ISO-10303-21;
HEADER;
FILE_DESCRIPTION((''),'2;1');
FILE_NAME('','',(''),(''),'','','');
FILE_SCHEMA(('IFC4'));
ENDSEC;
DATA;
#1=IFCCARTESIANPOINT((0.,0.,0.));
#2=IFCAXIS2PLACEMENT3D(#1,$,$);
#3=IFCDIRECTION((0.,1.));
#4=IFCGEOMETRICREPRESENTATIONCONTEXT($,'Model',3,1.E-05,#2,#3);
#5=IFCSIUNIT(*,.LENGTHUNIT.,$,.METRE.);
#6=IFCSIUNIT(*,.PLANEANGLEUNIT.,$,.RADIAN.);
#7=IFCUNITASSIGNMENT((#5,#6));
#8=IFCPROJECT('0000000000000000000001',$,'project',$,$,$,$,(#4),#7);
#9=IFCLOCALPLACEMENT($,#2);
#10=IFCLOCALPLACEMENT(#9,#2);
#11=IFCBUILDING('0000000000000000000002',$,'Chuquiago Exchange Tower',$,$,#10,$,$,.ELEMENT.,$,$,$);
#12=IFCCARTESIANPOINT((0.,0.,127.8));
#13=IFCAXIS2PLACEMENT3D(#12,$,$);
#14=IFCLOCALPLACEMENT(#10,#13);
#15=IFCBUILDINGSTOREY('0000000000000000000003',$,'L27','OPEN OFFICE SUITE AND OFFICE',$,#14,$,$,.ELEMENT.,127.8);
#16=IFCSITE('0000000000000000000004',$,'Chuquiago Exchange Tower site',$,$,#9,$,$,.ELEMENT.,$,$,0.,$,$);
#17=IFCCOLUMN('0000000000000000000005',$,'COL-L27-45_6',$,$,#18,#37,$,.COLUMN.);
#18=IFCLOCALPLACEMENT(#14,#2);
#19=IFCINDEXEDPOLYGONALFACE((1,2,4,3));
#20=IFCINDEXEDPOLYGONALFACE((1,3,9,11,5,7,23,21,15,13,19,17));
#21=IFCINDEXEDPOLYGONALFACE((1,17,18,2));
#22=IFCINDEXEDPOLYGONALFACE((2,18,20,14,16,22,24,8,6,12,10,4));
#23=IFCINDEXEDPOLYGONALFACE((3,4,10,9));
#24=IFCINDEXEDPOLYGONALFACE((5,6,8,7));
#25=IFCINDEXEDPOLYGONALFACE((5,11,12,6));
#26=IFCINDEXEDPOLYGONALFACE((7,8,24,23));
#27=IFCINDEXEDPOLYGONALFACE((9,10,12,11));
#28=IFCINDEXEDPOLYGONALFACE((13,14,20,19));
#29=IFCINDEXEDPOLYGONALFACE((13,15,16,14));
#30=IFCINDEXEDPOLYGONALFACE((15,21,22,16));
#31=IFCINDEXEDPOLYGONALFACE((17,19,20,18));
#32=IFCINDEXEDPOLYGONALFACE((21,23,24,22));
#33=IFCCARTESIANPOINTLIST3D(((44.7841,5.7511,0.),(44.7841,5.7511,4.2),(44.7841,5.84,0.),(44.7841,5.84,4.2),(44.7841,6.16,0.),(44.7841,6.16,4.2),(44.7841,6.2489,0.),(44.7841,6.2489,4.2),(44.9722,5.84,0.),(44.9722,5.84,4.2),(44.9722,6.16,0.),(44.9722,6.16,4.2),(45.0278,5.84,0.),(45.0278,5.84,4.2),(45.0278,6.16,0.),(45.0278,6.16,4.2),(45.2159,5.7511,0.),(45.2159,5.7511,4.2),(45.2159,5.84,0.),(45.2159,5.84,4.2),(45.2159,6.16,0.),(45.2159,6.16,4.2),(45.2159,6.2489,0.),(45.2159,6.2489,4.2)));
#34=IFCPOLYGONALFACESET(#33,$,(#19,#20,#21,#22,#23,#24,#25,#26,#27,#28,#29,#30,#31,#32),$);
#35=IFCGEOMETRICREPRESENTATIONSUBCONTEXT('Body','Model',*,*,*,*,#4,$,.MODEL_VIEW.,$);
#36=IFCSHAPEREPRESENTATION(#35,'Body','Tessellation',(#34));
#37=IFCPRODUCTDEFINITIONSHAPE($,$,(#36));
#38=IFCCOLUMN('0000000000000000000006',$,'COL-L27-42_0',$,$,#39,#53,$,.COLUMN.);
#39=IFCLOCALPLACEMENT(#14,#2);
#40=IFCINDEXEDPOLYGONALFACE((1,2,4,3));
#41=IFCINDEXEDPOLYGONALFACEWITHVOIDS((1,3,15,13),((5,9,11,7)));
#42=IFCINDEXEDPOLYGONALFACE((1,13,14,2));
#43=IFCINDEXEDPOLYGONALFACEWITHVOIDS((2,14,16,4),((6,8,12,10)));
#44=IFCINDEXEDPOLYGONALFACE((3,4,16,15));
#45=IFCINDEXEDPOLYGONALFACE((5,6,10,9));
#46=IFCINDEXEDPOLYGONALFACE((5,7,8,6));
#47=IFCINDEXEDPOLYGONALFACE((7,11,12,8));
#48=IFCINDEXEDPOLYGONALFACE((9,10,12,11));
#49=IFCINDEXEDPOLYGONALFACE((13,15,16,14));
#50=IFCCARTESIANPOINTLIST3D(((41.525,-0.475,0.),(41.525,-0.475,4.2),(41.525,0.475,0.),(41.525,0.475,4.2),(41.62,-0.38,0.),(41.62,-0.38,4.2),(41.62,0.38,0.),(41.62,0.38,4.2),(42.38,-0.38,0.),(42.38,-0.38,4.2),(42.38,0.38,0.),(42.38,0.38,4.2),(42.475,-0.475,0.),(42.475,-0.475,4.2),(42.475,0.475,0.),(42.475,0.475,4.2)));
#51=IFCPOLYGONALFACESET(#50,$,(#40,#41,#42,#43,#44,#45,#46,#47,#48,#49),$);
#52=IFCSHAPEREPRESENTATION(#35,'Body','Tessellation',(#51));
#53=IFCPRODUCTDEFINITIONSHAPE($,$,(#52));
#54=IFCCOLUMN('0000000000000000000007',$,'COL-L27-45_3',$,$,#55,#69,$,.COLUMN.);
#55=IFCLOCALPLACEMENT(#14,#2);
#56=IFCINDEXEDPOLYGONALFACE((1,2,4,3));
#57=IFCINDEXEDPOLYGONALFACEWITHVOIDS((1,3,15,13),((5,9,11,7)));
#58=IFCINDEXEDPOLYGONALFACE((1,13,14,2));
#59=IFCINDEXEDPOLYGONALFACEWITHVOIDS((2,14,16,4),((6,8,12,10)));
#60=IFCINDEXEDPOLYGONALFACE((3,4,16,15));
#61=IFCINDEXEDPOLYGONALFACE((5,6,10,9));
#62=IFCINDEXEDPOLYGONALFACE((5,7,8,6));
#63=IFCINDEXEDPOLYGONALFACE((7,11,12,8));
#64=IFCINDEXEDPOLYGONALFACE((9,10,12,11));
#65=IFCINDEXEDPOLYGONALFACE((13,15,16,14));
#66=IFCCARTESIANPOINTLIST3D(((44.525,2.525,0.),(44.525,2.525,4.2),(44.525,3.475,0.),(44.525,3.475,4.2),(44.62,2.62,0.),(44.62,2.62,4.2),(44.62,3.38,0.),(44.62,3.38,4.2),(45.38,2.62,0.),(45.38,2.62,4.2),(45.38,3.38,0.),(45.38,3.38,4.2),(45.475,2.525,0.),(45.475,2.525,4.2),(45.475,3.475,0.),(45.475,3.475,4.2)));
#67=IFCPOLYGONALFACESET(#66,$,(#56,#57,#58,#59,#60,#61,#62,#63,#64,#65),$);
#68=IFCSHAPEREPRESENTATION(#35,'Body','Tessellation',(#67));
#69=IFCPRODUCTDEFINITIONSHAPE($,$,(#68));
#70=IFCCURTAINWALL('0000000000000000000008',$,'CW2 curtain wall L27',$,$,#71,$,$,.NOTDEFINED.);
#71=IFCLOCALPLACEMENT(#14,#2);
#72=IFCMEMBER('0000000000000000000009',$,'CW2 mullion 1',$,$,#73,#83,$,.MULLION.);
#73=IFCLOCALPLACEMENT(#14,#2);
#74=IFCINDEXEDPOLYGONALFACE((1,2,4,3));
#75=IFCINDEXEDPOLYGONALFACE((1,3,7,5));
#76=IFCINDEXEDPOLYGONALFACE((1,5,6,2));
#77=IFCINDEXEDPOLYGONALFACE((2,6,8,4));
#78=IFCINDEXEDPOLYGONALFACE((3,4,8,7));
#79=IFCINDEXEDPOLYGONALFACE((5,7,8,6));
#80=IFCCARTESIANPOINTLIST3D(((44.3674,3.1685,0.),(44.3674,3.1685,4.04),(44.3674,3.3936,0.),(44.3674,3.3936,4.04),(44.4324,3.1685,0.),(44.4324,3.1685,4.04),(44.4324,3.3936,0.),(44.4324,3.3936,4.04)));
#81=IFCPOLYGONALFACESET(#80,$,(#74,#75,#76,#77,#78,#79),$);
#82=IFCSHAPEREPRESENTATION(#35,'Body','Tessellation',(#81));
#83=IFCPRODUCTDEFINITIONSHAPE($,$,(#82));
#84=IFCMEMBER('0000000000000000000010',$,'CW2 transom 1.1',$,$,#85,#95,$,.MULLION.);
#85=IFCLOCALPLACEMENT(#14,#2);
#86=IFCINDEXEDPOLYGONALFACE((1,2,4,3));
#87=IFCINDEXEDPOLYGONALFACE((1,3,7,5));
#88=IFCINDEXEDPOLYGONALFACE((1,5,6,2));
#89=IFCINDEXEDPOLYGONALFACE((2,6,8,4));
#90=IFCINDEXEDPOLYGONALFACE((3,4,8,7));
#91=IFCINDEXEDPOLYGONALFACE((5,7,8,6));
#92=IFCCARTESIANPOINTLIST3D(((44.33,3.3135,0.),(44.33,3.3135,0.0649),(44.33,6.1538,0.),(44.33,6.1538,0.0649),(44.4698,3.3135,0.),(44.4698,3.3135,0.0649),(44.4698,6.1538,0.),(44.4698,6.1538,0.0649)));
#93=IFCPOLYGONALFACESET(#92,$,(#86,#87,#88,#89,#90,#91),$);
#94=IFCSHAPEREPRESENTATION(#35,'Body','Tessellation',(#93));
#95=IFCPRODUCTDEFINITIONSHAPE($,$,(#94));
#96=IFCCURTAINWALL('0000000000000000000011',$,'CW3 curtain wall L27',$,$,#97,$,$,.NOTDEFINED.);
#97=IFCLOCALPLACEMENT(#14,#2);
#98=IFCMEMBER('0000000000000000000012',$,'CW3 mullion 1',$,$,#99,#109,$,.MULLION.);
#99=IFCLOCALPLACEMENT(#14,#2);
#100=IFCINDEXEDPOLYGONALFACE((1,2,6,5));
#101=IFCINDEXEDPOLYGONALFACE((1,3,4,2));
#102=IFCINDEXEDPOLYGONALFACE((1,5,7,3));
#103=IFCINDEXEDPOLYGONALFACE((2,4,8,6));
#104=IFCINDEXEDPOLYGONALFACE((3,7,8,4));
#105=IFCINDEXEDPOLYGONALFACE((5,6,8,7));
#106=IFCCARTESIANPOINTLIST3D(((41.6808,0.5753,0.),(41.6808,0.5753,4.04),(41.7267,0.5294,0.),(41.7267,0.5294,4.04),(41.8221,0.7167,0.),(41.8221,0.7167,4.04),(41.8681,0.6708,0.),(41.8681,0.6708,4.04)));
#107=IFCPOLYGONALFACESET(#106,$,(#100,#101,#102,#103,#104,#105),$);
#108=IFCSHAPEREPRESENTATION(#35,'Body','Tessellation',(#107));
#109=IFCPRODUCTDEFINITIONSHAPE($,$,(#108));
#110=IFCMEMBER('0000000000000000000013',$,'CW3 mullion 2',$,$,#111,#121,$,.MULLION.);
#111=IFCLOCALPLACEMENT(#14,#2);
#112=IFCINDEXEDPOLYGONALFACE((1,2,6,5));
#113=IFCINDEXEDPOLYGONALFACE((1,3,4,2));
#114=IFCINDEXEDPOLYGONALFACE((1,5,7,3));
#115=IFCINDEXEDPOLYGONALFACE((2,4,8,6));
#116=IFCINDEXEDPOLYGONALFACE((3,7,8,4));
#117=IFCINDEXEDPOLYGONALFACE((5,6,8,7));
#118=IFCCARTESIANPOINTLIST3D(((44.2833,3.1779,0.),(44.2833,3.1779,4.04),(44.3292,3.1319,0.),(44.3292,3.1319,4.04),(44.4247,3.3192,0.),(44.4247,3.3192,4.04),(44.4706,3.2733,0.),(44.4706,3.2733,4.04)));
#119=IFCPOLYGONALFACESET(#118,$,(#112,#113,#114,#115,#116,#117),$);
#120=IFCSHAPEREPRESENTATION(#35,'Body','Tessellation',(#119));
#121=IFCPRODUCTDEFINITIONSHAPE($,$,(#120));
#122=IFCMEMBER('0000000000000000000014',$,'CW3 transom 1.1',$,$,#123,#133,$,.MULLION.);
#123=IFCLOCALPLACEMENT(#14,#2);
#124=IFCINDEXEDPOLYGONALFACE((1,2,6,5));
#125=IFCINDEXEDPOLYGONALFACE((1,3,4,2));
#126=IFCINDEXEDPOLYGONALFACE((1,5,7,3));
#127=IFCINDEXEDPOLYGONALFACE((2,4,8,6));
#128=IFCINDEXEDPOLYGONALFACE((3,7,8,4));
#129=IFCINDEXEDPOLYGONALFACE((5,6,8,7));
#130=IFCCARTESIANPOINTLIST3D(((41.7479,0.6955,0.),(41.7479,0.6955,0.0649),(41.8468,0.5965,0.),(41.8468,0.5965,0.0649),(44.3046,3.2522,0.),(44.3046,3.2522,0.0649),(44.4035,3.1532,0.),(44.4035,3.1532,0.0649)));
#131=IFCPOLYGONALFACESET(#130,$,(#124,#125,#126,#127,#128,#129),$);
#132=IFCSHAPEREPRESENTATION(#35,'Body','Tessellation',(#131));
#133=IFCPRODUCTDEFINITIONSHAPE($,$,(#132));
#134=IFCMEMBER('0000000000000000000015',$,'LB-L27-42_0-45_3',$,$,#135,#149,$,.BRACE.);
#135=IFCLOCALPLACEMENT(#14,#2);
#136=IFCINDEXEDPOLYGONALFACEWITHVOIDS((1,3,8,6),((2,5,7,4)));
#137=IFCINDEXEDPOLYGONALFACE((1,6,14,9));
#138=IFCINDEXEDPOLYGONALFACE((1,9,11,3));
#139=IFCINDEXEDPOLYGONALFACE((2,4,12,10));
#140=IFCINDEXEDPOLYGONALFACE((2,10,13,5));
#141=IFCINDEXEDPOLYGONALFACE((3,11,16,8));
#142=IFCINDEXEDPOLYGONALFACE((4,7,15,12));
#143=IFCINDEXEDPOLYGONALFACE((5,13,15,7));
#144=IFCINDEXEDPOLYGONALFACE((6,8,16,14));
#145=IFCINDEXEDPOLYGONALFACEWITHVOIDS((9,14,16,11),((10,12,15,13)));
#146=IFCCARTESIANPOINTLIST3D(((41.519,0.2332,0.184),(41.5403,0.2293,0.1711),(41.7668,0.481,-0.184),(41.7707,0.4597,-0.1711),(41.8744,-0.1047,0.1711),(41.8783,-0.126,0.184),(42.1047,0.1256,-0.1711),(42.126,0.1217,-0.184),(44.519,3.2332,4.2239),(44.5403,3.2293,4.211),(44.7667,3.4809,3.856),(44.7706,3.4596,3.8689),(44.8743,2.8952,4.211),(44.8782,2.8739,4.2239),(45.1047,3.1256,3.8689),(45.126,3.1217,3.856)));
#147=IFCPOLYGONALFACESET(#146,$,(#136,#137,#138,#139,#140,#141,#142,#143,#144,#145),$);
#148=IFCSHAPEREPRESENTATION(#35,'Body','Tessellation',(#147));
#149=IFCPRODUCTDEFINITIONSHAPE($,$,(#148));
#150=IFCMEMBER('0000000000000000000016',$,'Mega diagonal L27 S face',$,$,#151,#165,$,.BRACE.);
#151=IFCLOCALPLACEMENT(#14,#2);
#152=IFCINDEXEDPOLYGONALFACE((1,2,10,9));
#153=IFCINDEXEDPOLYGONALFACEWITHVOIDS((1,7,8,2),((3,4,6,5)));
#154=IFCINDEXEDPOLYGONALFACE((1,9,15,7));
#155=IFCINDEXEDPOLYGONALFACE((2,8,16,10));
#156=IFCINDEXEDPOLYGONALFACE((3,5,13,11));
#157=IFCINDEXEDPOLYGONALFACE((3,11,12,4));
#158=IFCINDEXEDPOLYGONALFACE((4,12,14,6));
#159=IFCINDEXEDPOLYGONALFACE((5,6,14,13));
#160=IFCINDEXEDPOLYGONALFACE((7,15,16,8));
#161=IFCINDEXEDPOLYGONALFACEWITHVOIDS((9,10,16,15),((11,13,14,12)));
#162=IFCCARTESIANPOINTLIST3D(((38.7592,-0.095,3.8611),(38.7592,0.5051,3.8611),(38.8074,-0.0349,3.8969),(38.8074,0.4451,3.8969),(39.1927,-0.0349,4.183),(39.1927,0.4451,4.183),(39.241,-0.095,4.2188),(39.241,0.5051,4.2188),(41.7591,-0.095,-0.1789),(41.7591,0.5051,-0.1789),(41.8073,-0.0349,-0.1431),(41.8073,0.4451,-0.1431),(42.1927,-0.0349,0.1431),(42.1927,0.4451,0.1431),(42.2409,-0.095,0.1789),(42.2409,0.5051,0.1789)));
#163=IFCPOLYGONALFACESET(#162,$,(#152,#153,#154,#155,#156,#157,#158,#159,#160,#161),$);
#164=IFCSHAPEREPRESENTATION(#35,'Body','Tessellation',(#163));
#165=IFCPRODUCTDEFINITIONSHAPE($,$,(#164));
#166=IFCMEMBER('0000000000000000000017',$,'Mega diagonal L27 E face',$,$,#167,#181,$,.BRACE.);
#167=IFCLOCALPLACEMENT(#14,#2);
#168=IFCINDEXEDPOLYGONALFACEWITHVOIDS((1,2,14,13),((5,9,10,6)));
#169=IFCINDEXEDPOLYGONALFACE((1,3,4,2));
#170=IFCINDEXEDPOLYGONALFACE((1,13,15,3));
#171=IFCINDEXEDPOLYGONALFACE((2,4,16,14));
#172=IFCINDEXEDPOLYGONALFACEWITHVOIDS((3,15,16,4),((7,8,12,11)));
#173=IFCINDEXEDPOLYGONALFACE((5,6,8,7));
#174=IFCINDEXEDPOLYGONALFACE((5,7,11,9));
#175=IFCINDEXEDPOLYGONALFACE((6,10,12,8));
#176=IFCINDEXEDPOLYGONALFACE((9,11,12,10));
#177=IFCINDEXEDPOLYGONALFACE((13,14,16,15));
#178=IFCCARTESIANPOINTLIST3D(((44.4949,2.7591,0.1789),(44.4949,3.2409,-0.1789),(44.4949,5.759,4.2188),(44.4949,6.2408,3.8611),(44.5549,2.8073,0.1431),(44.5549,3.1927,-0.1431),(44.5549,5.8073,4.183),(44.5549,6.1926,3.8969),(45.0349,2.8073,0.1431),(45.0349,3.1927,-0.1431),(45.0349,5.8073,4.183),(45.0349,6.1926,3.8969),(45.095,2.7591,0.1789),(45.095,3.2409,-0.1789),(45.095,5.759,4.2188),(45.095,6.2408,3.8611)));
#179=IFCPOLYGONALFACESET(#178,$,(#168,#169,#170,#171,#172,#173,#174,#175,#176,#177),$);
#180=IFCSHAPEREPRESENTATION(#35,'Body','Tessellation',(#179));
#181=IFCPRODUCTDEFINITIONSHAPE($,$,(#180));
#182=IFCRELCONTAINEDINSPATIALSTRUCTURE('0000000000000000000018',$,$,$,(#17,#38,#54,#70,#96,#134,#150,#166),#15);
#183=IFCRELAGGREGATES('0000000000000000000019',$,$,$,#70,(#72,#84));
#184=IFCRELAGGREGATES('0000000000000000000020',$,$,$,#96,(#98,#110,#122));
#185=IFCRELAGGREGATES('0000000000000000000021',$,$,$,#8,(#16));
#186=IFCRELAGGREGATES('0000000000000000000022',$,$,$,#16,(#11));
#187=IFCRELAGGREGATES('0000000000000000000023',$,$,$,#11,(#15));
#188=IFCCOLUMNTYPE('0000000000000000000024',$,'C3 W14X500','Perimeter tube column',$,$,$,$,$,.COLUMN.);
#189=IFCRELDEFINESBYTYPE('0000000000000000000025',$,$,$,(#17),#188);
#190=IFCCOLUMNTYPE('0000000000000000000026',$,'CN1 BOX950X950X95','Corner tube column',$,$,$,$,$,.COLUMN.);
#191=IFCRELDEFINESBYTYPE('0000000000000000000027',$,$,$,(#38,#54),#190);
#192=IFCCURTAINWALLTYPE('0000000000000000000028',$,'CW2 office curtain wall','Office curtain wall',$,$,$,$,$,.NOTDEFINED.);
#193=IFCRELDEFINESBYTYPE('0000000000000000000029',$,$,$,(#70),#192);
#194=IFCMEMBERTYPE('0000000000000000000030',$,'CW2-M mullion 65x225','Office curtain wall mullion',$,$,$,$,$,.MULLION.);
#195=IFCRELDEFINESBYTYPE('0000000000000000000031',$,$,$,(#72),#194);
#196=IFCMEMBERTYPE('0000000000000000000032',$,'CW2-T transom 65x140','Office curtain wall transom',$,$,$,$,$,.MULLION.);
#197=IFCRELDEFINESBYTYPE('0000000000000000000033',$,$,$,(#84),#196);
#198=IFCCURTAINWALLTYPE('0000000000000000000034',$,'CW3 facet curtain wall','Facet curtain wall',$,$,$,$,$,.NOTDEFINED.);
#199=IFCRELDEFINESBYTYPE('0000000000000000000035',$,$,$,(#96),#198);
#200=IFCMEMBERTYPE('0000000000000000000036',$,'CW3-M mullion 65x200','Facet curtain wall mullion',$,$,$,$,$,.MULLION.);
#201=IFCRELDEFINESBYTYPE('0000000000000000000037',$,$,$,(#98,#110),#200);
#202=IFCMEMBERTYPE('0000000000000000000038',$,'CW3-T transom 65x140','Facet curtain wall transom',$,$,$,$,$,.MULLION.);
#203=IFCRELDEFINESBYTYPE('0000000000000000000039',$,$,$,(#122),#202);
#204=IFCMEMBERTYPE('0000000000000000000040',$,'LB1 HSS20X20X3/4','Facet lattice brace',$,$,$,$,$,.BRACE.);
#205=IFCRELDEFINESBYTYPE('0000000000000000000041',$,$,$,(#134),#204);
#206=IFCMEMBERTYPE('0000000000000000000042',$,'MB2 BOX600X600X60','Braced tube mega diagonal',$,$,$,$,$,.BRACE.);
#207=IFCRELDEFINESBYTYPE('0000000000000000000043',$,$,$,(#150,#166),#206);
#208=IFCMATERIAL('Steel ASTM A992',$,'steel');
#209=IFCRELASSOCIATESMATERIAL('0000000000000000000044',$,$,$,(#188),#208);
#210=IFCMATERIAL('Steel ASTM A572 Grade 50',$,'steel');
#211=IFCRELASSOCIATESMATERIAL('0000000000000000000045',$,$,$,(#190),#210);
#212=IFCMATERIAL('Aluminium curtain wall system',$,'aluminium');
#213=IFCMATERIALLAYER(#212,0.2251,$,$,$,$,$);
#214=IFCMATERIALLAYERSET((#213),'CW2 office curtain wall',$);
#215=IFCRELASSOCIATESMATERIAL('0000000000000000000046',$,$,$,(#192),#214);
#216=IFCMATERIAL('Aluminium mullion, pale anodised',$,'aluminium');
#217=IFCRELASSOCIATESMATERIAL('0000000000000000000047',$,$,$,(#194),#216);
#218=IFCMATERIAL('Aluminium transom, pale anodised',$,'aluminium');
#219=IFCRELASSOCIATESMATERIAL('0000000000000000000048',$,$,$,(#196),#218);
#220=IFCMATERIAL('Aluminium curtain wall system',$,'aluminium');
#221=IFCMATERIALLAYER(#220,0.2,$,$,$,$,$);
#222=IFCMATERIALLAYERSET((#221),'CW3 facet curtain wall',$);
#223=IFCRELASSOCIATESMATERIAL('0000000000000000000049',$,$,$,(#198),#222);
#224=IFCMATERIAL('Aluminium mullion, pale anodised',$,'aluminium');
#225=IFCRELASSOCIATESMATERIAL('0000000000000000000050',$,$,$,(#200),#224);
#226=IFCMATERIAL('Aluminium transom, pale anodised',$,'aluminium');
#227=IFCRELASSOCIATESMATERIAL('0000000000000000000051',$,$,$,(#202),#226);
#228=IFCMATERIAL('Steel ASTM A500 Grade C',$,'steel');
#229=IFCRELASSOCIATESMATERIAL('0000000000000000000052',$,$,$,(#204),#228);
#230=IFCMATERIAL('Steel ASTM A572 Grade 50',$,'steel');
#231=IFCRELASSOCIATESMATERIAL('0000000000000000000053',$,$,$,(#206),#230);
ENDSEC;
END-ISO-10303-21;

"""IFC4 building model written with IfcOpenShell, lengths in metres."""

from ifc_helpers import new_model, si_unit, direction, frame, origin, origin_2d, place, context, subcontext, project, spatial, rectangle, hollow_rectangle, i_section, extrude, material, layer, layer_set, material_profile, profile_set, type_object, element, aggregate, save


model = new_model("IFC4")

# Units and contexts
model_context = context("Model", 3, precision=1e-05, world=origin(), true_north=direction((0.0, 1.0)))
body_context = subcontext(model_context, "Body", "Model", "MODEL_VIEW")
ifc_project = project(units=[si_unit("LENGTHUNIT", "METRE"), si_unit("PLANEANGLEUNIT", "RADIAN")], contexts=[model_context])

# Site, building, storey
site_placement = place(None, origin())
site = spatial("IfcSite", under=ifc_project, at=site_placement, Name="Chuquiago Exchange Tower site", CompositionType="ELEMENT", RefElevation=0.0)
building_placement = place(site_placement, origin())
building = spatial("IfcBuilding", under=site, at=building_placement, Name="Chuquiago Exchange Tower", CompositionType="ELEMENT")
storey_placement = place(building_placement, frame((0.0, 0.0, 127.8)))
storey = spatial("IfcBuildingStorey", under=building, at=storey_placement, Name="L27", Description="OPEN OFFICE SUITE AND OFFICE", CompositionType="ELEMENT", Elevation=127.8)

# Columns
ifc_material_1 = material(Name="Steel ASTM A992", Category="steel")
ifc_material_profile_1 = material_profile(ifc_material_1, i_section(OverallWidth=0.4319, OverallDepth=0.4978, WebThickness=0.0557, FlangeThickness=0.0889, at=origin_2d()), Name="W14X500")
ifc_profile_set_1 = profile_set([ifc_material_profile_1], Name="Steel ASTM A992")
column_type_1 = type_object("IfcColumnType", Name="C3 W14X500", Description="Perimeter tube column", PredefinedType="COLUMN", material=ifc_profile_set_1)
column_placement = place(storey_placement, frame((45.0, 6.0, 0.0), z_axis=(0.0, 0.0, 1.0), x_axis=(1.0, 0.0, 0.0)))
element("IfcColumn", 1, at=column_placement, inside=storey, type_object=column_type_1, Name="COL-L27-45_6", PredefinedType="COLUMN", context=body_context, shape_type="SweptSolid", body=[
    extrude(i_section(OverallWidth=0.4319, OverallDepth=0.4978, WebThickness=0.0557, FlangeThickness=0.0889, at=origin_2d()), origin(), (0.0, 0.0, 1.0), 4.2),
])
ifc_material_2 = material(Name="Steel ASTM A572 Grade 50", Category="steel")
ifc_material_profile_2 = material_profile(ifc_material_2, hollow_rectangle(XDim=0.95, YDim=0.95, WallThickness=0.095, at=origin_2d()), Name="BOX950X950X95")
ifc_profile_set_2 = profile_set([ifc_material_profile_2], Name="Steel ASTM A572 Grade 50")
column_type_2 = type_object("IfcColumnType", Name="CN1 BOX950X950X95", Description="Corner tube column", PredefinedType="COLUMN", material=ifc_profile_set_2)
for number, where, z_axis, x_axis, name in (
    (2, (42.0, 0.0, 0.0), (0.0, 0.0, 1.0), (0.0, -1.0, 0.0), "COL-L27-42_0"),
    (3, (45.0, 3.0, 0.0), (0.0, 0.0, 1.0), (1.0, 0.0, 0.0), "COL-L27-45_3"),
):
    element("IfcColumn", number, at=place(storey_placement, frame(where, z_axis=z_axis, x_axis=x_axis)), inside=storey, type_object=column_type_2, Name=name, PredefinedType="COLUMN", context=body_context, shape_type="SweptSolid", body=[
        extrude(hollow_rectangle(XDim=0.95, YDim=0.95, WallThickness=0.095, at=origin_2d()), origin(), (0.0, 0.0, 1.0), 4.2),
    ])

# Curtain walls, members
ifc_material_3 = material(Name="Aluminium curtain wall system", Category="aluminium")
ifc_layer_1 = layer(ifc_material_3, 0.2251)
ifc_layer_set_1 = layer_set([ifc_layer_1], Name="CW2 office curtain wall")
curtain_wall_type_1 = type_object("IfcCurtainWallType", Name="CW2 office curtain wall", Description="Office curtain wall", PredefinedType="NOTDEFINED", material=ifc_layer_set_1)
curtain_wall_1_placement = place(storey_placement, origin())
curtain_wall_1 = element("IfcCurtainWall", 4, at=curtain_wall_1_placement, inside=storey, type_object=curtain_wall_type_1, Name="CW2 curtain wall L27", PredefinedType="NOTDEFINED")
ifc_material_4 = material(Name="Aluminium mullion, pale anodised", Category="aluminium")
ifc_material_profile_3 = material_profile(ifc_material_4, rectangle(XDim=0.0649, YDim=0.2251, at=origin_2d()), Name="AL 65x225")
ifc_profile_set_3 = profile_set([ifc_material_profile_3], Name="Aluminium mullion, pale anodised")
member_type_1 = type_object("IfcMemberType", Name="CW2-M mullion 65x225", Description="Office curtain wall mullion", PredefinedType="MULLION", material=ifc_profile_set_3)
member_1_placement = place(storey_placement, frame((44.3999, 3.281, 0.0), z_axis=(0.0, 0.0, 1.0), x_axis=(-1.0, 0.0, 0.0)))
member_1 = element("IfcMember", 5, at=member_1_placement, type_object=member_type_1, Name="CW2 mullion 1", PredefinedType="MULLION", context=body_context, shape_type="SweptSolid", body=[
    extrude(rectangle(XDim=0.0649, YDim=0.2251, at=origin_2d()), origin(), (0.0, 0.0, 1.0), 4.04),
])
ifc_material_5 = material(Name="Aluminium transom, pale anodised", Category="aluminium")
ifc_material_profile_4 = material_profile(ifc_material_5, rectangle(XDim=0.1399, YDim=0.0649, at=origin_2d()), Name="AL 140x65")
ifc_profile_set_4 = profile_set([ifc_material_profile_4], Name="Aluminium transom, pale anodised")
member_type_2 = type_object("IfcMemberType", Name="CW2-T transom 65x140", Description="Office curtain wall transom", PredefinedType="MULLION", material=ifc_profile_set_4)
member_2_placement = place(storey_placement, frame((44.3999, 3.3135, 0.0325), z_axis=(0.0, 1.0, 0.0), x_axis=(-1.0, 0.0, 0.0)))
member_2 = element("IfcMember", 6, at=member_2_placement, type_object=member_type_2, Name="CW2 transom 1.1", PredefinedType="MULLION", context=body_context, shape_type="SweptSolid", body=[
    extrude(rectangle(XDim=0.1399, YDim=0.0649, at=origin_2d()), origin(), (0.0, 0.0, 1.0), 2.8403),
])
ifc_material_6 = material(Name="Aluminium curtain wall system", Category="aluminium")
ifc_layer_2 = layer(ifc_material_6, 0.2)
ifc_layer_set_2 = layer_set([ifc_layer_2], Name="CW3 facet curtain wall")
curtain_wall_type_2 = type_object("IfcCurtainWallType", Name="CW3 facet curtain wall", Description="Facet curtain wall", PredefinedType="NOTDEFINED", material=ifc_layer_set_2)
curtain_wall_2_placement = place(storey_placement, origin())
curtain_wall_2 = element("IfcCurtainWall", 7, at=curtain_wall_2_placement, inside=storey, type_object=curtain_wall_type_2, Name="CW3 curtain wall L27", PredefinedType="NOTDEFINED")
ifc_material_7 = material(Name="Aluminium mullion, pale anodised", Category="aluminium")
ifc_material_profile_5 = material_profile(ifc_material_7, rectangle(XDim=0.0649, YDim=0.2, at=origin_2d()), Name="AL 65x200")
ifc_profile_set_5 = profile_set([ifc_material_profile_5], Name="Aluminium mullion, pale anodised")
member_type_3 = type_object("IfcMemberType", Name="CW3-M mullion 65x200", Description="Facet curtain wall mullion", PredefinedType="MULLION", material=ifc_profile_set_5)
member_3_placement = place(storey_placement, frame((41.7744, 0.623, 0.0), z_axis=(0.0, 0.0, 1.0), x_axis=(-0.707107, 0.707107, 0.0)))
member_3 = element("IfcMember", 8, at=member_3_placement, type_object=member_type_3, Name="CW3 mullion 1", PredefinedType="MULLION", context=body_context, shape_type="SweptSolid", body=[
    extrude(rectangle(XDim=0.0649, YDim=0.2, at=origin_2d()), origin(), (0.0, 0.0, 1.0), 4.04),
])
member_4_placement = place(storey_placement, frame((44.377, 3.2256, 0.0), z_axis=(0.0, 0.0, 1.0), x_axis=(-0.707107, 0.707107, 0.0)))
member_4 = element("IfcMember", 9, at=member_4_placement, type_object=member_type_3, Name="CW3 mullion 2", PredefinedType="MULLION", context=body_context, shape_type="SweptSolid", body=[
    extrude(rectangle(XDim=0.0649, YDim=0.2, at=origin_2d()), origin(), (0.0, 0.0, 1.0), 4.04),
])
ifc_material_8 = material(Name="Aluminium transom, pale anodised", Category="aluminium")
ifc_material_profile_6 = material_profile(ifc_material_8, rectangle(XDim=0.1399, YDim=0.0649, at=origin_2d()), Name="AL 140x65")
ifc_profile_set_6 = profile_set([ifc_material_profile_6], Name="Aluminium transom, pale anodised")
member_type_4 = type_object("IfcMemberType", Name="CW3-T transom 65x140", Description="Facet curtain wall transom", PredefinedType="MULLION", material=ifc_profile_set_6)
member_5_placement = place(storey_placement, frame((41.7974, 0.646, 0.0325), z_axis=(0.707107, 0.707107, 0.0), x_axis=(-0.707107, 0.707107, 0.0)))
member_5 = element("IfcMember", 10, at=member_5_placement, type_object=member_type_4, Name="CW3 transom 1.1", PredefinedType="MULLION", context=body_context, shape_type="SweptSolid", body=[
    extrude(rectangle(XDim=0.1399, YDim=0.0649, at=origin_2d()), origin(), (0.0, 0.0, 1.0), 3.6157),
])

# Members
ifc_material_9 = material(Name="Steel ASTM A500 Grade C", Category="steel")
ifc_material_profile_7 = material_profile(ifc_material_9, hollow_rectangle(XDim=0.5081, YDim=0.5081, WallThickness=0.0178, at=origin_2d()), Name="HSS20X20X3/4")
ifc_profile_set_7 = profile_set([ifc_material_profile_7], Name="Steel ASTM A500 Grade C")
member_type_5 = type_object("IfcMemberType", Name="LB1 HSS20X20X3/4", Description="Facet lattice brace", PredefinedType="BRACE", material=ifc_profile_set_7)
member_6_placement = place(storey_placement, frame((41.8225, 0.1775, 0.0), z_axis=(0.512077, 0.512077, 0.689604), x_axis=(-0.707107, 0.707107, 0.0)))
element("IfcMember", 11, at=member_6_placement, inside=storey, type_object=member_type_5, Name="LB-L27-42_0-45_3", PredefinedType="BRACE", context=body_context, shape_type="SweptSolid", body=[
    extrude(hollow_rectangle(XDim=0.5081, YDim=0.5081, WallThickness=0.0178, at=origin_2d()), origin(), (0.0, 0.0, 1.0), 5.8584),
])
ifc_material_10 = material(Name="Steel ASTM A572 Grade 50", Category="steel")
ifc_material_profile_8 = material_profile(ifc_material_10, hollow_rectangle(XDim=0.6001, YDim=0.6001, WallThickness=0.0601, at=origin_2d()), Name="BOX600X600X60")
ifc_profile_set_8 = profile_set([ifc_material_profile_8], Name="Steel ASTM A572 Grade 50")
member_type_6 = type_object("IfcMemberType", Name="MB2 BOX600X600X60", Description="Braced tube mega diagonal", PredefinedType="BRACE", material=ifc_profile_set_8)
for number, where, z_axis, x_axis, name in (
    (12, (42.0, 0.2051, 0.0), (-0.596174, 0.0, 0.802855), (0.0, -1.0, 0.0), "Mega diagonal L27 S face"),
    (13, (44.7949, 3.0, 0.0), (0.0, 0.596174, 0.802855), (-1.0, 0.0, 0.0), "Mega diagonal L27 E face"),
):
    element("IfcMember", number, at=place(storey_placement, frame(where, z_axis=z_axis, x_axis=x_axis)), inside=storey, type_object=member_type_6, Name=name, PredefinedType="BRACE", context=body_context, shape_type="SweptSolid", body=[
        extrude(hollow_rectangle(XDim=0.6001, YDim=0.6001, WallThickness=0.0601, at=origin_2d()), origin(), (0.0, 0.0, 1.0), 5.032),
    ])

aggregate(curtain_wall_1, [member_1, member_2])
aggregate(curtain_wall_2, [member_3, member_4, member_5])

save(model, "model.ifc")
